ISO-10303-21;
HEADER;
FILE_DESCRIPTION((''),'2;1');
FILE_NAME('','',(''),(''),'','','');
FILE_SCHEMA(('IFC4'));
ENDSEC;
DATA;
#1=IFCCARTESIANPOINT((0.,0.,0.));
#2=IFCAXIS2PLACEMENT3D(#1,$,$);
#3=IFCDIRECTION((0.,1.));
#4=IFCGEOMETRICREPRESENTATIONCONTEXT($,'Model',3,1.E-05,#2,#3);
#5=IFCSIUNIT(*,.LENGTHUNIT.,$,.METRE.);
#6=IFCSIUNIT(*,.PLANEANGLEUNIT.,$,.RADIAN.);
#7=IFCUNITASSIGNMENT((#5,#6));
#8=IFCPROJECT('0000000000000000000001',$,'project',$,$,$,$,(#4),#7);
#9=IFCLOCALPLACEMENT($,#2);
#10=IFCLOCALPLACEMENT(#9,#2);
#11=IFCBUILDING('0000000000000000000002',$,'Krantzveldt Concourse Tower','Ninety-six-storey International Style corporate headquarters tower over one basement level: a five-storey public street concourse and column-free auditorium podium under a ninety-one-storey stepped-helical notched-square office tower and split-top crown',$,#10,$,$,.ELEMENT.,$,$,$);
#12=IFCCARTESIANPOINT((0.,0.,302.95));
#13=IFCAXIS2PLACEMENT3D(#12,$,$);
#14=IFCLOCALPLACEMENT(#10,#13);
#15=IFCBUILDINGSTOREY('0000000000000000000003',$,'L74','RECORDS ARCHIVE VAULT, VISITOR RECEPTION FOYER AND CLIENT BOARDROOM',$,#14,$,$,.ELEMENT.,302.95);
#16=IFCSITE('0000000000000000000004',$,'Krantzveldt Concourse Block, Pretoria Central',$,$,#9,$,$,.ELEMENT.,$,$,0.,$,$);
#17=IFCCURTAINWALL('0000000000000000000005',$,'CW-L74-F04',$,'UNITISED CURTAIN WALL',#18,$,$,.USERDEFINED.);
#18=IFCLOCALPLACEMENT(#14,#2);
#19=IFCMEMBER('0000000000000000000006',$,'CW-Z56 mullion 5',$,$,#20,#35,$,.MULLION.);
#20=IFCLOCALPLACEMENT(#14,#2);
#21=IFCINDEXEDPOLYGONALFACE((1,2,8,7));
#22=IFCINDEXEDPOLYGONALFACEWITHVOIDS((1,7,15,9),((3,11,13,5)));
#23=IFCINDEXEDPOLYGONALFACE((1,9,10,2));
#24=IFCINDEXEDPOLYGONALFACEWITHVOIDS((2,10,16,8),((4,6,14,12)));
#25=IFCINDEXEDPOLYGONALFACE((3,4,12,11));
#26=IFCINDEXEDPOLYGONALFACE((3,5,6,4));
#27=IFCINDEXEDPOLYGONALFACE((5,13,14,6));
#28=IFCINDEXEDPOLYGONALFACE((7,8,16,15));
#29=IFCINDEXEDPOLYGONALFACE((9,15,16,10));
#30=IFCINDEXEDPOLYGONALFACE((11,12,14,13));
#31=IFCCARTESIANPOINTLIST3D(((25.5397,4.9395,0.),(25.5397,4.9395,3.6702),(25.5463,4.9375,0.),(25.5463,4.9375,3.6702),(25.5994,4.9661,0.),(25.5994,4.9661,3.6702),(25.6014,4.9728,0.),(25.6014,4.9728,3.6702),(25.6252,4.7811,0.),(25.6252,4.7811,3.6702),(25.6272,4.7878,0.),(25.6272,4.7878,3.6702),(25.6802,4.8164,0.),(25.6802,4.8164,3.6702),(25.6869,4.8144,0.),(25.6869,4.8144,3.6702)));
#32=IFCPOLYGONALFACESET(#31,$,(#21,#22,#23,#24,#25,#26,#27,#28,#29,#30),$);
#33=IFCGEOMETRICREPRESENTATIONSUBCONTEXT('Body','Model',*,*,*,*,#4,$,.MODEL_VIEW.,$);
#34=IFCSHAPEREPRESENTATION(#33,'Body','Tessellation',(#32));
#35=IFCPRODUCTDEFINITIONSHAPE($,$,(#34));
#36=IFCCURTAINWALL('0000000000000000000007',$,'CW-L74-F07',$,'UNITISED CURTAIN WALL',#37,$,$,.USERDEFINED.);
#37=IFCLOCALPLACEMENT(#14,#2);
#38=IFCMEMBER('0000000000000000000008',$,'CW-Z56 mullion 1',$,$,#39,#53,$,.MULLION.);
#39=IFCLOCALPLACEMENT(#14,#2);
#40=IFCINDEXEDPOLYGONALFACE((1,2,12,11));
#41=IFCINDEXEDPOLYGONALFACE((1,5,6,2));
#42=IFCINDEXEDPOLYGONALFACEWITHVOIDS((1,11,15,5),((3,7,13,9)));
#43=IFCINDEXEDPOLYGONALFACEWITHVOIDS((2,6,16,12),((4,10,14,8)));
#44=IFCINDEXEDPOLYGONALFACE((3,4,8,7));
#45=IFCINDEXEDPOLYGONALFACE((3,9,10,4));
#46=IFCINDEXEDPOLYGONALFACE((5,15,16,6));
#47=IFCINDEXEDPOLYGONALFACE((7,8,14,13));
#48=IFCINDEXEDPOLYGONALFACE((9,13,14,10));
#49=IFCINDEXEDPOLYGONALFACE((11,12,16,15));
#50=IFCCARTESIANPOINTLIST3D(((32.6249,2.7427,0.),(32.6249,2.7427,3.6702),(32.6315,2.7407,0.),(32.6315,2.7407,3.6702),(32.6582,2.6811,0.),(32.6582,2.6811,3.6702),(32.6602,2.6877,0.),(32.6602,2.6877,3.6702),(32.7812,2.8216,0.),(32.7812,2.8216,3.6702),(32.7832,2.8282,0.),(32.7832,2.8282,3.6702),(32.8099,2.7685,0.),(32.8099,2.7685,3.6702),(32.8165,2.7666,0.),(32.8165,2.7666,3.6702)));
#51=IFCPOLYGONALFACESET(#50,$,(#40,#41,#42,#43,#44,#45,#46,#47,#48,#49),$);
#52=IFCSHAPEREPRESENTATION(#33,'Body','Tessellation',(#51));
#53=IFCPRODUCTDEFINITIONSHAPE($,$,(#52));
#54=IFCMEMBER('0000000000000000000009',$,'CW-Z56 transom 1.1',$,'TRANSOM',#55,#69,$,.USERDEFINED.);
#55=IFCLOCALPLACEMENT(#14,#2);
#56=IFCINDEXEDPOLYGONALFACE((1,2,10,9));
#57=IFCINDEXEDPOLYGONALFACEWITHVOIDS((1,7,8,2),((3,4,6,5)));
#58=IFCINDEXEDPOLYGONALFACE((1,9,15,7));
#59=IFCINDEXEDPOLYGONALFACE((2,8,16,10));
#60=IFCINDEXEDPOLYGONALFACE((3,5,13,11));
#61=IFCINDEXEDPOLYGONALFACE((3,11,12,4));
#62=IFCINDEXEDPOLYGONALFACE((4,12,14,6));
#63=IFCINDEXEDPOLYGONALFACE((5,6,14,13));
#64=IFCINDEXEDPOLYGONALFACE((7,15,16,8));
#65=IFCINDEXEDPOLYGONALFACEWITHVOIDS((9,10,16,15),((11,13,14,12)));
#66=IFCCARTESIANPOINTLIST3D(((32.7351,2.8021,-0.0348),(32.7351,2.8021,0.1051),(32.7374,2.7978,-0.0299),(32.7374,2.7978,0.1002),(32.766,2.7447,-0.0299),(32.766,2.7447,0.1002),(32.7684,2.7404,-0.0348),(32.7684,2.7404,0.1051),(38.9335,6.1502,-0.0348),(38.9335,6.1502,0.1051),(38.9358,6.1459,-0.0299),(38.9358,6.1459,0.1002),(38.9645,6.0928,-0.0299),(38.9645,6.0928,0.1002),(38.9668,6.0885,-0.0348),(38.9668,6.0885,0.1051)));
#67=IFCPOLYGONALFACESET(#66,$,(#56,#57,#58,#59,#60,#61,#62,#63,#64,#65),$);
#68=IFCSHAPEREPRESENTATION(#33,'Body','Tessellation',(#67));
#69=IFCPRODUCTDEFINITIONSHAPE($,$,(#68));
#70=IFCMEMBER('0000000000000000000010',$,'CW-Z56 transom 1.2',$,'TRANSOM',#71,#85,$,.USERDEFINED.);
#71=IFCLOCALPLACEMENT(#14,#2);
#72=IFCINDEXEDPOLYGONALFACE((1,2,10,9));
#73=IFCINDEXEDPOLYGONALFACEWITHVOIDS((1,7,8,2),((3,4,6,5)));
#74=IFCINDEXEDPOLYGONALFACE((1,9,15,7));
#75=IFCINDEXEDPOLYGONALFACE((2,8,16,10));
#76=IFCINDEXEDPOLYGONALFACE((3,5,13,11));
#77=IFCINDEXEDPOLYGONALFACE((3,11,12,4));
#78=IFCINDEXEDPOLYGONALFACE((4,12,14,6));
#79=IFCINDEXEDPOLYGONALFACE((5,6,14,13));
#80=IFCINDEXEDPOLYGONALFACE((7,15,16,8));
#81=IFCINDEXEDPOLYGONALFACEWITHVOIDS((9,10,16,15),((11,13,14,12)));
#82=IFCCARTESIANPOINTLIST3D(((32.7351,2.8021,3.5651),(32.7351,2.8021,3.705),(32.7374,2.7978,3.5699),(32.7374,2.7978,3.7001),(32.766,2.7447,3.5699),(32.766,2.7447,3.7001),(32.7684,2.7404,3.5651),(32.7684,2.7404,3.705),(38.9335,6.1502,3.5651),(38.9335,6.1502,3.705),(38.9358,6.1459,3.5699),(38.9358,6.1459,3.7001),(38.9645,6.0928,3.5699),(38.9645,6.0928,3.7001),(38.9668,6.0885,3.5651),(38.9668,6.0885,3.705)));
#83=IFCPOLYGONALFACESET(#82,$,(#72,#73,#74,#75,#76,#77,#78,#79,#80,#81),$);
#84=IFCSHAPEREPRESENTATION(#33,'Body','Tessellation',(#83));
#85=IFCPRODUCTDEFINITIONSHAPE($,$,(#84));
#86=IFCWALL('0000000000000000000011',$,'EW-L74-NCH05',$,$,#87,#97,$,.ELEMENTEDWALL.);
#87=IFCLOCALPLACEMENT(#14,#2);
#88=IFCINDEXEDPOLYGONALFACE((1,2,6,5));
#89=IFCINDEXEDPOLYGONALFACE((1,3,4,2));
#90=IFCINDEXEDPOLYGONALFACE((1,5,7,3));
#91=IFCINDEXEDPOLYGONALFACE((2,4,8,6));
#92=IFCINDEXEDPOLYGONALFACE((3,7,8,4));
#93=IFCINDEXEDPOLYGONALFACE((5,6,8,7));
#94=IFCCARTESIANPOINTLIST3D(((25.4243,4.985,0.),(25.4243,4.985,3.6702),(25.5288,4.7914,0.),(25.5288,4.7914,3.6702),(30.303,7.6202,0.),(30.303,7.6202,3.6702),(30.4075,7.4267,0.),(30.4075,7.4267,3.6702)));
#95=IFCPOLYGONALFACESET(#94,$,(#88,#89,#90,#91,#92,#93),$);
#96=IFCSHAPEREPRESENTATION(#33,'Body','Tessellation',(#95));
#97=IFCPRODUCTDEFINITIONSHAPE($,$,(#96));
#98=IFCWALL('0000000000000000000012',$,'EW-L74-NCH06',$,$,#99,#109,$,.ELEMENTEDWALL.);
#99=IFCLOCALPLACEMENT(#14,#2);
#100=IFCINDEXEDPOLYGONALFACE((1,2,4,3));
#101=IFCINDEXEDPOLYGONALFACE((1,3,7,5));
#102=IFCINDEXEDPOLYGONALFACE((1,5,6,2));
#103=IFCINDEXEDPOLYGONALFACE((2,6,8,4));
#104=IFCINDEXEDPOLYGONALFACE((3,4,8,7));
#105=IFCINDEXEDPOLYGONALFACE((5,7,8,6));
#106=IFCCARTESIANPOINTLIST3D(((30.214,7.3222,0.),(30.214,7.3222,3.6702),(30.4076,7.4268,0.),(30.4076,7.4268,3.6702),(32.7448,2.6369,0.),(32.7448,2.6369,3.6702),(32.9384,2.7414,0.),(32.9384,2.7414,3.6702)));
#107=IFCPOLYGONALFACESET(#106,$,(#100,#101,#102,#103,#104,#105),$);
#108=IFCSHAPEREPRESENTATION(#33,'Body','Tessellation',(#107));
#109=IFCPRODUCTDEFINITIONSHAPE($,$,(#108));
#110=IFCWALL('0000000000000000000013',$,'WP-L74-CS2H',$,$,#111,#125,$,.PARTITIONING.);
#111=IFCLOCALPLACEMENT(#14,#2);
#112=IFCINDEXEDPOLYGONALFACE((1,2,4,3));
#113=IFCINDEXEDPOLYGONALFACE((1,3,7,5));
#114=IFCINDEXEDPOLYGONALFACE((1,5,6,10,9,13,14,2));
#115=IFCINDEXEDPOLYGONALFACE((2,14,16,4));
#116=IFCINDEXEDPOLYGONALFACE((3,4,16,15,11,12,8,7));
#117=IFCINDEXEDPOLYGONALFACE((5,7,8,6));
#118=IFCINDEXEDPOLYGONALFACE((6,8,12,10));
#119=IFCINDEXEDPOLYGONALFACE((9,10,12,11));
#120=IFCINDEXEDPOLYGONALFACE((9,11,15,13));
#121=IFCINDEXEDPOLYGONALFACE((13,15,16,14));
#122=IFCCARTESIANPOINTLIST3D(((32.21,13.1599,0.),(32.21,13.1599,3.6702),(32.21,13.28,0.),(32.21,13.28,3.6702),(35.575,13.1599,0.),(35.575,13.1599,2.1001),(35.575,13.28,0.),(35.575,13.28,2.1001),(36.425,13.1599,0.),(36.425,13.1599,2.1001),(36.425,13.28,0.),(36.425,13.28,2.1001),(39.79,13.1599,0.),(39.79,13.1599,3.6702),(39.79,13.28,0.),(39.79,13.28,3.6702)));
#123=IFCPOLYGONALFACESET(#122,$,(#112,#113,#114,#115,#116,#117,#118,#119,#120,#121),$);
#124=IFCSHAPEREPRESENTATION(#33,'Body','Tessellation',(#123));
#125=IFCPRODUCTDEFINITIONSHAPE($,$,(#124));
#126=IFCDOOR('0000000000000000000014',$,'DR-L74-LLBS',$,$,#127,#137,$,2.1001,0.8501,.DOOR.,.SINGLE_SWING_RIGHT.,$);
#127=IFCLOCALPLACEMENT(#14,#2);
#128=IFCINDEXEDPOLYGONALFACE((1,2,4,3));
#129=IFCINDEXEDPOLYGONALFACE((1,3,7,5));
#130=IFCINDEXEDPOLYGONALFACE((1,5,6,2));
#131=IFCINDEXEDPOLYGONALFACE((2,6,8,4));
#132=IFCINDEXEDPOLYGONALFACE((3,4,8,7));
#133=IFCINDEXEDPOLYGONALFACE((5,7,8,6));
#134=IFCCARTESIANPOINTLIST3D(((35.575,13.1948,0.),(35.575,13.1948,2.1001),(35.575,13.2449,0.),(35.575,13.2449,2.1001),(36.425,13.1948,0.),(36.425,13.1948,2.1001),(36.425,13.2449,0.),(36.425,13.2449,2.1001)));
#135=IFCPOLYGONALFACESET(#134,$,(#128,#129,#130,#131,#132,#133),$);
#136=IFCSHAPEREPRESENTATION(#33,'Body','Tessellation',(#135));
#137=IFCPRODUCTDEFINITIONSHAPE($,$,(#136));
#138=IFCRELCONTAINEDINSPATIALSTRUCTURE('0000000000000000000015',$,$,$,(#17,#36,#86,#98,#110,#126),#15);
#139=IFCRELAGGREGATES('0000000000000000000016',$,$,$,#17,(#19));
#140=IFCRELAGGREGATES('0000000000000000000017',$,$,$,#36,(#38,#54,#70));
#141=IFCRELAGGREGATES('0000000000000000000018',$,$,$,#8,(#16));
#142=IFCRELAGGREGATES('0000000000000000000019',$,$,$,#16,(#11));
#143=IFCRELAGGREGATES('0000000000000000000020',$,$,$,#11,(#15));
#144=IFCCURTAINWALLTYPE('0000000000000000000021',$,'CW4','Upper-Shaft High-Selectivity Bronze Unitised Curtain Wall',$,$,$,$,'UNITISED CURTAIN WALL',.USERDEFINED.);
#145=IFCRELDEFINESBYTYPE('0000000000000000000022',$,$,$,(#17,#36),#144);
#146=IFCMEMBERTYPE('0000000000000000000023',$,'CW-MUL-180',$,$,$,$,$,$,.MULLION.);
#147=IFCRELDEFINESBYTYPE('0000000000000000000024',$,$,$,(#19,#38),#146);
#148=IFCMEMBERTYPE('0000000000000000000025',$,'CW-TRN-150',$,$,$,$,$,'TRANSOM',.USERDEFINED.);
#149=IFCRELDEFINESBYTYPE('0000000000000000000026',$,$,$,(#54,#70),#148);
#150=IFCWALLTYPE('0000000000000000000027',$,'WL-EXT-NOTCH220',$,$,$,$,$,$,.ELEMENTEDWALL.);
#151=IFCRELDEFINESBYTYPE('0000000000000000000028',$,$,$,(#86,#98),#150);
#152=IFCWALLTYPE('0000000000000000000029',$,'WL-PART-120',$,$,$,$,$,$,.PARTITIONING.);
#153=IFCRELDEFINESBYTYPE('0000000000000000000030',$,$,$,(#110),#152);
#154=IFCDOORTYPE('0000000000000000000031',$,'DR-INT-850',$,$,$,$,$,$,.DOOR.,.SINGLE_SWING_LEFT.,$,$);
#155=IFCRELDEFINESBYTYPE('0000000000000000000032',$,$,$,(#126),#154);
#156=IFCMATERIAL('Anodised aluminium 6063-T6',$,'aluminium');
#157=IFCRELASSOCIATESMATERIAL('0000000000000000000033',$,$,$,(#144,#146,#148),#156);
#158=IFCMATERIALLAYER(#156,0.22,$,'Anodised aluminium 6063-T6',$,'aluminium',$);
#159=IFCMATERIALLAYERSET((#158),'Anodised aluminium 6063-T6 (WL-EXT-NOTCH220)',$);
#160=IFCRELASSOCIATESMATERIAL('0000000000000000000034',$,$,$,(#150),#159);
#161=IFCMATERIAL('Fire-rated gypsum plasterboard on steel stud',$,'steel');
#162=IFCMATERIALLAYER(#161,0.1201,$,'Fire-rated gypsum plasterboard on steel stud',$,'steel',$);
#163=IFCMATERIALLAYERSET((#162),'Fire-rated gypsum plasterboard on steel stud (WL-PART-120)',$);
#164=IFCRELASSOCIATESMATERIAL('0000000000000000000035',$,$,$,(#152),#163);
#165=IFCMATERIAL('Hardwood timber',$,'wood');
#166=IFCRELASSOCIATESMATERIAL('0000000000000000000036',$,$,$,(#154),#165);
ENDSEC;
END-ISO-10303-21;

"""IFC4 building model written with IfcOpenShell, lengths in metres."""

from ifc_helpers import new_model, si_unit, direction, frame, frame_2d, origin, origin_2d, place, context, subcontext, project, spatial, rectangle, hollow_rectangle, extrude, source, transform, mapped, material, layer, layer_set, material_profile, profile_set, type_object, type_shapes, element, fill, aggregate, save


model = new_model("IFC4")

# Units and contexts
model_context = context("Model", 3, precision=1e-05, world=origin(), true_north=direction((0.0, 1.0)))
body_context = subcontext(model_context, "Body", "Model", "MODEL_VIEW")
ifc_project = project(units=[si_unit("LENGTHUNIT", "METRE"), si_unit("PLANEANGLEUNIT", "RADIAN")], contexts=[model_context])

# Site, building, storey
site_placement = place(None, origin())
site = spatial("IfcSite", under=ifc_project, at=site_placement, Name="Krantzveldt Concourse Block, Pretoria Central", CompositionType="ELEMENT", RefElevation=0.0)
building_placement = place(site_placement, origin())
building = spatial("IfcBuilding", under=site, at=building_placement, Name="Krantzveldt Concourse Tower", Description="Ninety-six-storey International Style corporate headquarters tower over one basement level: a five-storey public street concourse and column-free auditorium podium under a ninety-one-storey stepped-helical notched-square office tower and split-top crown", CompositionType="ELEMENT")
storey_placement = place(building_placement, frame((0.0, 0.0, 302.95)))
storey = spatial("IfcBuildingStorey", under=building, at=storey_placement, Name="L74", Description="RECORDS ARCHIVE VAULT, VISITOR RECEPTION FOYER AND CLIENT BOARDROOM", CompositionType="ELEMENT", Elevation=302.95)

# Curtain wall, member
ifc_material_1 = material(Name="Anodised aluminium 6063-T6", Category="aluminium")
curtain_wall_type = type_object("IfcCurtainWallType", Name="CW4", Description="Upper-Shaft High-Selectivity Bronze Unitised Curtain Wall", ElementType="UNITISED CURTAIN WALL", PredefinedType="USERDEFINED", material=ifc_material_1)
curtain_wall_1_placement = place(storey_placement, origin())
curtain_wall_1 = element("IfcCurtainWall", 1, at=curtain_wall_1_placement, inside=storey, type_object=curtain_wall_type, Name="CW-L74-F04", ObjectType="UNITISED CURTAIN WALL", PredefinedType="USERDEFINED")
ifc_material_profile_1 = material_profile(ifc_material_1, hollow_rectangle(XDim=0.0701, YDim=0.1799, WallThickness=0.0049, at=origin_2d()), Name="Anodised aluminium 6063-T6", Category="aluminium")
ifc_profile_set_1 = profile_set([ifc_material_profile_1], Name="Anodised aluminium 6063-T6 - ALU-MULL 180x70x5")
member_type_1 = type_object("IfcMemberType", Name="CW-MUL-180", PredefinedType="MULLION", material=ifc_profile_set_1)
shared_shape_1 = source(origin(), body_context, "Body", "SweptSolid", [
    extrude(hollow_rectangle(XDim=0.0701, YDim=0.1799, WallThickness=0.0049, at=origin_2d()), origin(), (0.0, 0.0, 1.0), 3.6702),
])
type_shapes(member_type_1, [shared_shape_1])
member_1_placement = place(storey_placement, frame((25.6133, 4.877, 0.0), z_axis=(0.0, 0.0, 1.0), x_axis=(0.879856, 0.47524, 0.0)))
member_1 = element("IfcMember", 2, at=member_1_placement, type_object=member_type_1, Name="CW-Z56 mullion 5", PredefinedType="MULLION", context=body_context, shape_type="MappedRepresentation", body=[
    mapped(shared_shape_1, transform((0.0, 0.0, 0.0), x_axis=(1.0, 0.0, 0.0), y_axis=(0.0, 1.0, 0.0), z_axis=(0.0, 0.0, 1.0), scale=1.0)),
])
aggregate(curtain_wall_1, [member_1])

# Curtain wall, members
curtain_wall_2_placement = place(storey_placement, origin())
curtain_wall_2 = element("IfcCurtainWall", 3, at=curtain_wall_2_placement, inside=storey, type_object=curtain_wall_type, Name="CW-L74-F07", ObjectType="UNITISED CURTAIN WALL", PredefinedType="USERDEFINED")
member_2_placement = place(storey_placement, frame((32.7207, 2.7546, 0.0), z_axis=(0.0, 0.0, 1.0), x_axis=(-0.47524, 0.879856, 0.0)))
member_2 = element("IfcMember", 4, at=member_2_placement, type_object=member_type_1, Name="CW-Z56 mullion 1", PredefinedType="MULLION", context=body_context, shape_type="MappedRepresentation", body=[
    mapped(shared_shape_1, transform((0.0, 0.0, 0.0), x_axis=(1.0, 0.0, 0.0), y_axis=(0.0, 1.0, 0.0), z_axis=(0.0, 0.0, 1.0), scale=1.0)),
])
ifc_material_profile_2 = material_profile(ifc_material_1, hollow_rectangle(XDim=0.0701, YDim=0.1399, WallThickness=0.0049, at=origin_2d()), Name="Anodised aluminium 6063-T6", Category="aluminium")
ifc_profile_set_2 = profile_set([ifc_material_profile_2], Name="Anodised aluminium 6063-T6 - ALU-TRAN 140x70x5")
member_type_2 = type_object("IfcMemberType", Name="CW-TRN-150", ElementType="TRANSOM", PredefinedType="USERDEFINED", material=ifc_profile_set_2)
shared_shape_2 = source(origin(), body_context, "Body", "SweptSolid", [
    extrude(hollow_rectangle(XDim=0.0701, YDim=0.1399, WallThickness=0.0049, at=origin_2d()), origin(), (0.0, 0.0, 1.0), 7.0449),
])
type_shapes(member_type_2, [shared_shape_2])
member_3_placement = place(storey_placement, frame((32.7517, 2.7712, 0.0352), z_axis=(0.879848, 0.475255, 0.0), x_axis=(-0.475255, 0.879848, 0.0)))
member_3 = element("IfcMember", 5, at=member_3_placement, type_object=member_type_2, Name="CW-Z56 transom 1.1", ObjectType="TRANSOM", PredefinedType="USERDEFINED", context=body_context, shape_type="MappedRepresentation", body=[
    mapped(shared_shape_2, transform((0.0, 0.0, 0.0), x_axis=(1.0, 0.0, 0.0), y_axis=(0.0, 1.0, 0.0), z_axis=(0.0, 0.0, 1.0), scale=1.0)),
])
member_4_placement = place(storey_placement, frame((32.7517, 2.7712, 3.635), z_axis=(0.879848, 0.475255, 0.0), x_axis=(-0.475255, 0.879848, 0.0)))
member_4 = element("IfcMember", 6, at=member_4_placement, type_object=member_type_2, Name="CW-Z56 transom 1.2", ObjectType="TRANSOM", PredefinedType="USERDEFINED", context=body_context, shape_type="MappedRepresentation", body=[
    mapped(shared_shape_2, transform((0.0, 0.0, 0.0), x_axis=(1.0, 0.0, 0.0), y_axis=(0.0, 1.0, 0.0), z_axis=(0.0, 0.0, 1.0), scale=1.0)),
])
aggregate(curtain_wall_2, [member_2, member_3, member_4])

# Walls
ifc_layer_1 = layer(ifc_material_1, 0.22, Name="Anodised aluminium 6063-T6", Category="aluminium")
ifc_layer_set_1 = layer_set([ifc_layer_1], Name="Anodised aluminium 6063-T6 (WL-EXT-NOTCH220)")
wall_type_1 = type_object("IfcWallType", Name="WL-EXT-NOTCH220", PredefinedType="ELEMENTEDWALL", material=ifc_layer_set_1)
wall_1_placement = place(storey_placement, frame((25.4766, 4.8882, 0.0), z_axis=(0.0, 0.0, 1.0), x_axis=(0.879847, 0.475257, 0.0)))
element("IfcWall", 7, at=wall_1_placement, inside=storey, type_object=wall_type_1, Name="EW-L74-NCH05", PredefinedType="ELEMENTEDWALL", context=body_context, shape_type="SweptSolid", body=[
    extrude(rectangle(XDim=5.5449, YDim=0.22, at=frame_2d((2.7725, 0.0))), origin(), (0.0, 0.0, 1.0), 3.6702),
])
wall_2_placement = place(storey_placement, frame((30.3108, 7.3745, 0.0), z_axis=(0.0, 0.0, 1.0), x_axis=(0.47525, -0.879851, 0.0)))
element("IfcWall", 8, at=wall_2_placement, inside=storey, type_object=wall_type_1, Name="EW-L74-NCH06", PredefinedType="ELEMENTEDWALL", context=body_context, shape_type="SweptSolid", body=[
    extrude(rectangle(XDim=5.3252, YDim=0.22, at=frame_2d((2.6626, 0.0))), origin(), (0.0, 0.0, 1.0), 3.6702),
])

# Wall, opening, door
ifc_material_2 = material(Name="Fire-rated gypsum plasterboard on steel stud", Category="steel")
ifc_layer_2 = layer(ifc_material_2, 0.1201, Name="Fire-rated gypsum plasterboard on steel stud", Category="steel")
ifc_layer_set_2 = layer_set([ifc_layer_2], Name="Fire-rated gypsum plasterboard on steel stud (WL-PART-120)")
wall_type_2 = type_object("IfcWallType", Name="WL-PART-120", PredefinedType="PARTITIONING", material=ifc_layer_set_2)
wall_3_placement = place(storey_placement, frame((32.21, 13.22, 0.0), z_axis=(0.0, 0.0, 1.0), x_axis=(1.0, 0.0, 0.0)))
wall_3 = element("IfcWall", 9, at=wall_3_placement, inside=storey, type_object=wall_type_2, Name="WP-L74-CS2H", PredefinedType="PARTITIONING", context=body_context, shape_type="SweptSolid", body=[
    extrude(rectangle(XDim=7.5801, YDim=0.1201, at=frame_2d((3.79, 0.0))), origin(), (0.0, 0.0, 1.0), 3.6702),
])
opening_1_placement = place(wall_3_placement, frame((3.365, 0.0, 0.0)))
opening_1 = element("IfcOpeningElement", 10, at=opening_1_placement, cuts=wall_3, PredefinedType="OPENING", context=body_context, shape_type="SweptSolid", body=[
    extrude(rectangle(XDim=0.8501, YDim=2.1001, at=frame_2d((0.425, 1.05))), frame((0.0, 0.0701, 0.0), z_axis=(0.0, -1.0, 0.0), x_axis=(1.0, 0.0, 0.0)), (0.0, 0.0, 1.0), 0.1401),
])
ifc_material_3 = material(Name="Hardwood timber", Category="wood")
door_type_1 = type_object("IfcDoorType", Name="DR-INT-850", OperationType="SINGLE_SWING_LEFT", PredefinedType="DOOR", material=ifc_material_3)
door_1_placement = place(opening_1_placement, origin())
door_1 = element("IfcDoor", 11, at=door_1_placement, inside=storey, type_object=door_type_1, Name="DR-L74-LLBS", OperationType="SINGLE_SWING_RIGHT", OverallHeight=2.1001, OverallWidth=0.8501, PredefinedType="DOOR", context=body_context, shape_type="SweptSolid", body=[
    extrude(rectangle(XDim=0.8501, YDim=2.1001, at=frame_2d((0.425, 1.05))), frame((0.0, 0.0249, 0.0), z_axis=(0.0, -1.0, 0.0), x_axis=(1.0, 0.0, 0.0)), (0.0, 0.0, 1.0), 0.05),
])
fill(opening_1, door_1)

save(model, "model.ifc")
